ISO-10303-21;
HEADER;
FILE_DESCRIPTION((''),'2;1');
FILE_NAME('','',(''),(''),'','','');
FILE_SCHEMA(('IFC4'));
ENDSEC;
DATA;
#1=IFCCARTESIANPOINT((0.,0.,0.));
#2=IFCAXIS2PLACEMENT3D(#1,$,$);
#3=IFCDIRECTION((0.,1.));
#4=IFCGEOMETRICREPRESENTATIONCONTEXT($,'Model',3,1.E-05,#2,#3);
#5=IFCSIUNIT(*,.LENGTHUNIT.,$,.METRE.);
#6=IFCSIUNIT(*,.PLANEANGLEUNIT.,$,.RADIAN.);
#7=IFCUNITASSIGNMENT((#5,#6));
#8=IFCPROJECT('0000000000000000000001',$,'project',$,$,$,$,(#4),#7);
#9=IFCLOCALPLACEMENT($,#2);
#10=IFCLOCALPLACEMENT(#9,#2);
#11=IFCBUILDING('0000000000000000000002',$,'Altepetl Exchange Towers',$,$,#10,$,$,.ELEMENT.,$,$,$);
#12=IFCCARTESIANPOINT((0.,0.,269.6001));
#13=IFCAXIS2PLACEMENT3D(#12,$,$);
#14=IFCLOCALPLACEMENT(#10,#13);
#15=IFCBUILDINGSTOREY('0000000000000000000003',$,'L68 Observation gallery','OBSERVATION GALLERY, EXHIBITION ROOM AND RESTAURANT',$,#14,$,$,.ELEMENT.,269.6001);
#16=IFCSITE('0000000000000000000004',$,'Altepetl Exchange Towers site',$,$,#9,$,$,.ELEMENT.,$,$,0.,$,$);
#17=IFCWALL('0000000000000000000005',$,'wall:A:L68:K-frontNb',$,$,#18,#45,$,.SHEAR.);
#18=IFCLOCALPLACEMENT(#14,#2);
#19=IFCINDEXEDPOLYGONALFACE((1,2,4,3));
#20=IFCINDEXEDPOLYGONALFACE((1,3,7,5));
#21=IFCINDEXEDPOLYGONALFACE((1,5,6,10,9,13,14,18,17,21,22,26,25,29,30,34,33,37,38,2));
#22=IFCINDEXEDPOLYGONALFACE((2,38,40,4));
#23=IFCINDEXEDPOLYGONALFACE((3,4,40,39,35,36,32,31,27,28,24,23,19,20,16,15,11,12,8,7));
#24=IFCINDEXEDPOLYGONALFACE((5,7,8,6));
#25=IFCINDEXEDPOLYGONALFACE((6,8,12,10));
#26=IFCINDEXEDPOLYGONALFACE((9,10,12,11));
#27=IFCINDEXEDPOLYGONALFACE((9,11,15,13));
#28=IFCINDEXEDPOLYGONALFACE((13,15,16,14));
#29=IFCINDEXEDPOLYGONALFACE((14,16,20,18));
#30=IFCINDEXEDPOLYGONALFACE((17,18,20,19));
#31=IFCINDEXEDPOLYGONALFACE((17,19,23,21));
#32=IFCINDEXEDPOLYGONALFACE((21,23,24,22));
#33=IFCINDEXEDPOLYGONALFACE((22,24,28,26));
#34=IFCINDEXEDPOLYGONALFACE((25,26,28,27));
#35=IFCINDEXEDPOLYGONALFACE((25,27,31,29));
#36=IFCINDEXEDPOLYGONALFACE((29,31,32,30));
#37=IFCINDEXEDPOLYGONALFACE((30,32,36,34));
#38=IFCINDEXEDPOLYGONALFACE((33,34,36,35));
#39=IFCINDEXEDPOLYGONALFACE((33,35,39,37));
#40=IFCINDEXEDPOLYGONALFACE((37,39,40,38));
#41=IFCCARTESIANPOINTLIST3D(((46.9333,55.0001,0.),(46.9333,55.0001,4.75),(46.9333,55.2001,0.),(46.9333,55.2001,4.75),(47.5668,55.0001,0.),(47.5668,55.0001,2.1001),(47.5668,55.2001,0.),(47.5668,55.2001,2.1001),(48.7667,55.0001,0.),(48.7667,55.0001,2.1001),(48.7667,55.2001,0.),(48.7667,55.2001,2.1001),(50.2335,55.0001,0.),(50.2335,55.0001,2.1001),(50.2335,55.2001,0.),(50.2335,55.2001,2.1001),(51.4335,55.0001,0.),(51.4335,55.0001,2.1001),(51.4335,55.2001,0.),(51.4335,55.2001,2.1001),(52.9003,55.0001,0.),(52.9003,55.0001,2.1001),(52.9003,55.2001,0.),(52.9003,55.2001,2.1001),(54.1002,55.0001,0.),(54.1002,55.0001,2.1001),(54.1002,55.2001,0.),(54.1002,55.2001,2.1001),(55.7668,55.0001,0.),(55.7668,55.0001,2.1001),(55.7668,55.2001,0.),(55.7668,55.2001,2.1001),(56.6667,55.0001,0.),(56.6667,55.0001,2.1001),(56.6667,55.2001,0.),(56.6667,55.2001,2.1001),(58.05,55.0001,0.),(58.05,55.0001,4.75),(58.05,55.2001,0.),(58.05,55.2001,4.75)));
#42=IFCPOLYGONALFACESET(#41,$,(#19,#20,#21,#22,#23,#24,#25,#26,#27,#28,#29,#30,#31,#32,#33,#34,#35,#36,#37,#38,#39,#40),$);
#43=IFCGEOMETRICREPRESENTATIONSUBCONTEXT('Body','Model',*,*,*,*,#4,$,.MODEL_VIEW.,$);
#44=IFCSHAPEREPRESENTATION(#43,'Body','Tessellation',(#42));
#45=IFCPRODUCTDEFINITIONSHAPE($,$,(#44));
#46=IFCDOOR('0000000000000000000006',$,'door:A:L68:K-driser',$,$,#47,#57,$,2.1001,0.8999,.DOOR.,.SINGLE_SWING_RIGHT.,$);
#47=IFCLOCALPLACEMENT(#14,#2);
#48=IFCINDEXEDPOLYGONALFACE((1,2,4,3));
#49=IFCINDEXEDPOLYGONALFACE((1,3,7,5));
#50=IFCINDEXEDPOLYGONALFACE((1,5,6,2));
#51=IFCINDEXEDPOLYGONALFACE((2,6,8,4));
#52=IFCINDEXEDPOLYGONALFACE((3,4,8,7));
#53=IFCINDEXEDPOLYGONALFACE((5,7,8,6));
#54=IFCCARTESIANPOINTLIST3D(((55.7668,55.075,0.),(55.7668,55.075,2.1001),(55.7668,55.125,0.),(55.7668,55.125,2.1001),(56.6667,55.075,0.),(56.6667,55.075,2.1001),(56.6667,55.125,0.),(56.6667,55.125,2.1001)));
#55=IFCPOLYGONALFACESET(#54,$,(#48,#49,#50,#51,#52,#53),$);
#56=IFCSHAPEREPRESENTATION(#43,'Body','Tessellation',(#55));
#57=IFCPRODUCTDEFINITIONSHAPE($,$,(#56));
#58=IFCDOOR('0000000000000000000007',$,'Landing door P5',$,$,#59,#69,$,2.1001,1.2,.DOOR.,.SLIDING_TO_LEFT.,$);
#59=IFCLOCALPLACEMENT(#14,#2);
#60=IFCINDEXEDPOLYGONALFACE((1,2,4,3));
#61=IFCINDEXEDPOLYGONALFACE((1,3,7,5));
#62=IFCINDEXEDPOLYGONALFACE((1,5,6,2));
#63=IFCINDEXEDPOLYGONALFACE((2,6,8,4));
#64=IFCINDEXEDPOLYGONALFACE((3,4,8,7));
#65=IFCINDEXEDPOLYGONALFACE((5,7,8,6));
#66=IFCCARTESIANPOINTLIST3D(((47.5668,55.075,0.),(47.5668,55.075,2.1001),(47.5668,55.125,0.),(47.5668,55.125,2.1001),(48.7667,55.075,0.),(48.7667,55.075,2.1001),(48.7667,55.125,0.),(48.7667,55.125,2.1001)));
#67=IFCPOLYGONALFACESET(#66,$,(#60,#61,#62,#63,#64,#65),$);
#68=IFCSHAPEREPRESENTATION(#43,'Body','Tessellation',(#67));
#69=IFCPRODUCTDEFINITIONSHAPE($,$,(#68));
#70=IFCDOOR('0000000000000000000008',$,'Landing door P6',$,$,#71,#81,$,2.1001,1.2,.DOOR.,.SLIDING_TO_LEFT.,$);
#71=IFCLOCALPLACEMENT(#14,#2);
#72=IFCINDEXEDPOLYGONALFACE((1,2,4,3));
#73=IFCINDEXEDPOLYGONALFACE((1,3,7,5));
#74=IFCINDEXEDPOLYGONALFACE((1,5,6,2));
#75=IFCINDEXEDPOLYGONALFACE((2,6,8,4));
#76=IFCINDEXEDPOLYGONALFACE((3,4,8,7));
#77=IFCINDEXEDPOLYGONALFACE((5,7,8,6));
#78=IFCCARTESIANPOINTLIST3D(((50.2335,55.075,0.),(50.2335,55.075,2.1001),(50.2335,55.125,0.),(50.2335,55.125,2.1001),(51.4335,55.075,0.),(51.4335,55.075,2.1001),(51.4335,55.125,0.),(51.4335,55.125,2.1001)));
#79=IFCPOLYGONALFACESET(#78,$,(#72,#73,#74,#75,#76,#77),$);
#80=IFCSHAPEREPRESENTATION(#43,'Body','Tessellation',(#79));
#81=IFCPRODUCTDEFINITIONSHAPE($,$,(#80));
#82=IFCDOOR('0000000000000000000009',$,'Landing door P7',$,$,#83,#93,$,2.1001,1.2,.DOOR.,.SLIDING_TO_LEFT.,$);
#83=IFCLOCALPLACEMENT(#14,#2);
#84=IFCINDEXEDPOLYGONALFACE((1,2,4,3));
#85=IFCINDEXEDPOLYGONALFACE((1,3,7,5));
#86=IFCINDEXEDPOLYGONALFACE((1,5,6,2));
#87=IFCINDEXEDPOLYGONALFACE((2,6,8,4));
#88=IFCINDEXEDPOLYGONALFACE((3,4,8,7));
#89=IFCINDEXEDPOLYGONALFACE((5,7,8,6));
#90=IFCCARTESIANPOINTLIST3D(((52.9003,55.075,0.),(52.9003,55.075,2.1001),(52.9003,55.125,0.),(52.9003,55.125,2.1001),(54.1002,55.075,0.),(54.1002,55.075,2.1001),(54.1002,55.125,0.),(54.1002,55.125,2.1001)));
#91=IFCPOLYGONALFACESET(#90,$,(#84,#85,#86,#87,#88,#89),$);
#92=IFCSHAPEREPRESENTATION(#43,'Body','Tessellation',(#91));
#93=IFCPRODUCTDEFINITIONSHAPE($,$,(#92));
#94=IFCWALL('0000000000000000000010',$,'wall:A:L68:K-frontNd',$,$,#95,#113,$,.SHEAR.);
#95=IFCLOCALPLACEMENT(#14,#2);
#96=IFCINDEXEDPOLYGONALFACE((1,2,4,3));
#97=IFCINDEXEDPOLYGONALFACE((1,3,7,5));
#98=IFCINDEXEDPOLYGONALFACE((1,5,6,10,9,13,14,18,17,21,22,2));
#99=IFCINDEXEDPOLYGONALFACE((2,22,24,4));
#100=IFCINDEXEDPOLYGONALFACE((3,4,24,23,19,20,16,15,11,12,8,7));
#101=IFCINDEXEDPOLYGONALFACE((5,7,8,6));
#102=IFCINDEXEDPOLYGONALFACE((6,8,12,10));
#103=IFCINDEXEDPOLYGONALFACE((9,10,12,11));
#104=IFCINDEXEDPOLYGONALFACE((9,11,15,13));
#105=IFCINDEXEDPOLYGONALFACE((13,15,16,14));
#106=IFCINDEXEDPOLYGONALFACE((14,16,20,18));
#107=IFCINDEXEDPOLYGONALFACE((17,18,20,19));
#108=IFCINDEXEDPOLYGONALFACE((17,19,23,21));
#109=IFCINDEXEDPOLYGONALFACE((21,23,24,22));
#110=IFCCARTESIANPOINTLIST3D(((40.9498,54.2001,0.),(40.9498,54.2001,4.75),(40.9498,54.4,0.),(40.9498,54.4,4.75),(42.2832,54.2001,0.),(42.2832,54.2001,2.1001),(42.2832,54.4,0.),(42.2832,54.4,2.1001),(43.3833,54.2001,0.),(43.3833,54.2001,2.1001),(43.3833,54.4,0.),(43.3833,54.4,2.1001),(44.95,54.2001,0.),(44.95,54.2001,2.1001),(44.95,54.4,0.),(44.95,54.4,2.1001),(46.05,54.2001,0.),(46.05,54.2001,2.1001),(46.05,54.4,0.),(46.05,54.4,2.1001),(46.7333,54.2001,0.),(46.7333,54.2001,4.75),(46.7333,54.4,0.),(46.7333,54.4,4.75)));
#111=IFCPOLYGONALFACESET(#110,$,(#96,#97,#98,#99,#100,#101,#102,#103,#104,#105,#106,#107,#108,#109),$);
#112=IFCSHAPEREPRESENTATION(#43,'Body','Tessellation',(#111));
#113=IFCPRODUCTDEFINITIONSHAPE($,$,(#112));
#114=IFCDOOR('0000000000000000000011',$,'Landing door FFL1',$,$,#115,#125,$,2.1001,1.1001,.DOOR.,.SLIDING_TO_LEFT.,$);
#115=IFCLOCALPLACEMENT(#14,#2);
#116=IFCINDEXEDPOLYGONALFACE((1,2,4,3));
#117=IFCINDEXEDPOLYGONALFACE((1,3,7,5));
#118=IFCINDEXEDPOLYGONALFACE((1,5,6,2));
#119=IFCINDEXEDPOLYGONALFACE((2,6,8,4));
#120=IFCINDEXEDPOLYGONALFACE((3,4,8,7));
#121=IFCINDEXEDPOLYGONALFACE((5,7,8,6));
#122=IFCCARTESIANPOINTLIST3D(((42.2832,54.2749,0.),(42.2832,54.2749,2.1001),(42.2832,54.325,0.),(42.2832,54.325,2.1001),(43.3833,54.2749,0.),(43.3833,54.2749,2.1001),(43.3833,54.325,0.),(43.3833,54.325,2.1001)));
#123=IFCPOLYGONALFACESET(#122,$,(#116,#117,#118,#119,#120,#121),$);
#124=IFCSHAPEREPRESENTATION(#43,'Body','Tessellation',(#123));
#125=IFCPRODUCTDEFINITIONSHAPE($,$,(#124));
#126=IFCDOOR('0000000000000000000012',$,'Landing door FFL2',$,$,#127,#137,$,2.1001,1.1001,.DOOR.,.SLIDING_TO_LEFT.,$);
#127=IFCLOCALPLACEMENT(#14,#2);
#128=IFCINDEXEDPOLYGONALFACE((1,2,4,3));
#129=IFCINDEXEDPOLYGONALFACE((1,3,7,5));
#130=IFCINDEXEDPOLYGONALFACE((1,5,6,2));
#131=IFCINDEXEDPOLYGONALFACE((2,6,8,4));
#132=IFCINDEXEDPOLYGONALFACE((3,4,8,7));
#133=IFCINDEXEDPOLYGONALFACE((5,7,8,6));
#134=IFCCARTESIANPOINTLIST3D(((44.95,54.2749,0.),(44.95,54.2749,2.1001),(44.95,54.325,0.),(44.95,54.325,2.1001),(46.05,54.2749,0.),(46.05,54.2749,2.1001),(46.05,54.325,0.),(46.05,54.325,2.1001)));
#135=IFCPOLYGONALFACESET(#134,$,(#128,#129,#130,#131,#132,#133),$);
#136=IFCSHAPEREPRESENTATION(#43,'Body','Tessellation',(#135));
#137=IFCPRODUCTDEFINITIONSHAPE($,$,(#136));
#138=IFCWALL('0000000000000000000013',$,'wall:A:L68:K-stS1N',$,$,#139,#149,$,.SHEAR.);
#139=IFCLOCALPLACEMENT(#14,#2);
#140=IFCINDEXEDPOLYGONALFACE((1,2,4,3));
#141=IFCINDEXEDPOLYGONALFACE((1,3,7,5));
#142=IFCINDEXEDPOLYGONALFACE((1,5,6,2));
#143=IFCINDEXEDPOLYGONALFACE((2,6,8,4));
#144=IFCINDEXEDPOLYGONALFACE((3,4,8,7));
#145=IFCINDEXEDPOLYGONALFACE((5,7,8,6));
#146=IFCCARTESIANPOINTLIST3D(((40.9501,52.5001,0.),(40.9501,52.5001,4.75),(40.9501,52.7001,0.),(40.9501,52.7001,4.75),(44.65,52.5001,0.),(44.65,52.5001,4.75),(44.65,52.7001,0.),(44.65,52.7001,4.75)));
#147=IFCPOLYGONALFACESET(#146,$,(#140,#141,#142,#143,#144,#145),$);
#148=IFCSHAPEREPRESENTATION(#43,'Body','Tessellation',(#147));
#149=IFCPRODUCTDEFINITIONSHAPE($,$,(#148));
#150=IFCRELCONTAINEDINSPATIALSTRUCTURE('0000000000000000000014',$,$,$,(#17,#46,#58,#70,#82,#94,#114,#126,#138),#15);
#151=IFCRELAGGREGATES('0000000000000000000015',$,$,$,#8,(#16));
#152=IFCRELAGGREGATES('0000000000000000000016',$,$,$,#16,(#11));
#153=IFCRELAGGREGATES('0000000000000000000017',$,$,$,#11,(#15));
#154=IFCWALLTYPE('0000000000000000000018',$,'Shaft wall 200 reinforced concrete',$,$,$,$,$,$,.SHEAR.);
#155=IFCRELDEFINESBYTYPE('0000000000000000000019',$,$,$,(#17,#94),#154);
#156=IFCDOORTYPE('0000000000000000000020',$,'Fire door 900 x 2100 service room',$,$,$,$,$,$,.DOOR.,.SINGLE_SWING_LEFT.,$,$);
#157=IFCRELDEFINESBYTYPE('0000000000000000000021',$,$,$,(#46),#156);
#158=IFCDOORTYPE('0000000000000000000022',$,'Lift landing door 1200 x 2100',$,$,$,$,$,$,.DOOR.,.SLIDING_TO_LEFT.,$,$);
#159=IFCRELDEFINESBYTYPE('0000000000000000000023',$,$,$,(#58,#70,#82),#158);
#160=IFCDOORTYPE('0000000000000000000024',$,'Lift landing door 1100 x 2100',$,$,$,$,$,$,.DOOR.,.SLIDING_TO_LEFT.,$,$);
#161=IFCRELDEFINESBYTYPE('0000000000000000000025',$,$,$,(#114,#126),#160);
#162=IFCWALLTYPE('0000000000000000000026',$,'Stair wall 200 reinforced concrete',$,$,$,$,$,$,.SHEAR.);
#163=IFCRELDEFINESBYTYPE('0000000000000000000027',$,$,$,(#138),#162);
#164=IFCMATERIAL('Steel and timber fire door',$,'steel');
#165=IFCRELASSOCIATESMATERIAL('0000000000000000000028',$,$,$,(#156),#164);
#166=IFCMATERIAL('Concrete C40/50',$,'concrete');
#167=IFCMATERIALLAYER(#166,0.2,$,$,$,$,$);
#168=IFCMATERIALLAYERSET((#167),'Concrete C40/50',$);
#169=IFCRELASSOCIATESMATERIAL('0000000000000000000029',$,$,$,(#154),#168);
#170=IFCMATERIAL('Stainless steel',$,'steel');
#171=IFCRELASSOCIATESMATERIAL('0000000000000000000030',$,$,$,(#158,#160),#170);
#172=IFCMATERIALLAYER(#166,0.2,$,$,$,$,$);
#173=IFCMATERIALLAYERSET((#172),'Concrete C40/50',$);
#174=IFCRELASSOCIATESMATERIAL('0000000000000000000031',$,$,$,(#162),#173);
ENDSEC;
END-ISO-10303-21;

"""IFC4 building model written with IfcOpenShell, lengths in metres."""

from ifc_helpers import new_model, si_unit, direction, frame, frame_2d, origin, place, context, subcontext, project, spatial, rectangle, extrude, material, layer, layer_set, type_object, element, fill, save


model = new_model("IFC4")

# Units and contexts
model_context = context("Model", 3, precision=1e-05, world=origin(), true_north=direction((0.0, 1.0)))
body_context = subcontext(model_context, "Body", "Model", "MODEL_VIEW")
ifc_project = project(units=[si_unit("LENGTHUNIT", "METRE"), si_unit("PLANEANGLEUNIT", "RADIAN")], contexts=[model_context])

# Site, building, storey
site_placement = place(None, origin())
site = spatial("IfcSite", under=ifc_project, at=site_placement, Name="Altepetl Exchange Towers site", CompositionType="ELEMENT", RefElevation=0.0)
building_placement = place(site_placement, origin())
building = spatial("IfcBuilding", under=site, at=building_placement, Name="Altepetl Exchange Towers", CompositionType="ELEMENT")
storey_placement = place(building_placement, frame((0.0, 0.0, 269.6001)))
storey = spatial("IfcBuildingStorey", under=building, at=storey_placement, Name="L68 Observation gallery", Description="OBSERVATION GALLERY, EXHIBITION ROOM AND RESTAURANT", CompositionType="ELEMENT", Elevation=269.6001)

# Shared definitions
ifc_material_1 = material(Name="Steel and timber fire door", Category="steel")
door_type_1 = type_object("IfcDoorType", Name="Fire door 900 x 2100 service room", OperationType="SINGLE_SWING_LEFT", PredefinedType="DOOR", material=ifc_material_1)

# Shared definitions
ifc_material_2 = material(Name="Concrete C40/50", Category="concrete")
ifc_layer_1 = layer(ifc_material_2, 0.2)
ifc_layer_set_1 = layer_set([ifc_layer_1], Name="Concrete C40/50")
wall_type_1 = type_object("IfcWallType", Name="Shaft wall 200 reinforced concrete", PredefinedType="SHEAR", material=ifc_layer_set_1)

# Walls, openings, doors
wall_1_placement = place(storey_placement, frame((46.9333, 55.1001, 0.0)))
wall_1 = element("IfcWall", 1, at=wall_1_placement, inside=storey, type_object=wall_type_1, Name="wall:A:L68:K-frontNb", PredefinedType="SHEAR", context=body_context, shape_type="SweptSolid", body=[
    extrude(rectangle(XDim=11.1167, YDim=0.2, at=frame_2d((5.5583, 0.0))), origin(), (0.0, 0.0, 1.0), 4.75),
])
opening_1_placement = place(wall_1_placement, frame((8.8335, 0.0, 0.0)))
opening_1 = element("IfcOpeningElement", 2, at=opening_1_placement, cuts=wall_1, PredefinedType="OPENING", context=body_context, shape_type="SweptSolid", body=[
    extrude(rectangle(XDim=0.8999, YDim=2.1001, at=frame_2d((0.45, 1.05))), frame((0.0, 0.1099, 0.0), z_axis=(0.0, -1.0, 0.0), x_axis=(1.0, 0.0, 0.0)), (0.0, 0.0, 1.0), 0.22),
])
opening_2_placement = place(wall_1_placement, frame((0.6333, 0.0, 0.0)))
opening_2 = element("IfcOpeningElement", 3, at=opening_2_placement, cuts=wall_1, PredefinedType="OPENING", context=body_context, shape_type="SweptSolid", body=[
    extrude(rectangle(XDim=1.2, YDim=2.1001, at=frame_2d((0.6001, 1.05))), frame((0.0, 0.1099, 0.0), z_axis=(0.0, -1.0, 0.0), x_axis=(1.0, 0.0, 0.0)), (0.0, 0.0, 1.0), 0.22),
])
opening_3_placement = place(wall_1_placement, frame((3.3, 0.0, 0.0)))
opening_3 = element("IfcOpeningElement", 4, at=opening_3_placement, cuts=wall_1, PredefinedType="OPENING", context=body_context, shape_type="SweptSolid", body=[
    extrude(rectangle(XDim=1.2, YDim=2.1001, at=frame_2d((0.6001, 1.05))), frame((0.0, 0.1099, 0.0), z_axis=(0.0, -1.0, 0.0), x_axis=(1.0, 0.0, 0.0)), (0.0, 0.0, 1.0), 0.22),
])
opening_4_placement = place(wall_1_placement, frame((5.9668, 0.0, 0.0)))
opening_4 = element("IfcOpeningElement", 5, at=opening_4_placement, cuts=wall_1, PredefinedType="OPENING", context=body_context, shape_type="SweptSolid", body=[
    extrude(rectangle(XDim=1.2, YDim=2.1001, at=frame_2d((0.6001, 1.05))), frame((0.0, 0.1099, 0.0), z_axis=(0.0, -1.0, 0.0), x_axis=(1.0, 0.0, 0.0)), (0.0, 0.0, 1.0), 0.22),
])
door_1_placement = place(opening_1_placement, origin())
door_1 = element("IfcDoor", 6, at=door_1_placement, inside=storey, type_object=door_type_1, Name="door:A:L68:K-driser", OperationType="SINGLE_SWING_RIGHT", OverallHeight=2.1001, OverallWidth=0.8999, PredefinedType="DOOR", context=body_context, shape_type="SweptSolid", body=[
    extrude(rectangle(XDim=0.8999, YDim=2.1001, at=frame_2d((0.45, 1.05))), frame((0.0, 0.0249, 0.0), z_axis=(0.0, -1.0, 0.0), x_axis=(1.0, 0.0, 0.0)), (0.0, 0.0, 1.0), 0.05),
])
fill(opening_1, door_1)
ifc_material_3 = material(Name="Stainless steel", Category="steel")
door_type_2 = type_object("IfcDoorType", Name="Lift landing door 1200 x 2100", OperationType="SLIDING_TO_LEFT", PredefinedType="DOOR", material=ifc_material_3)
door_2_placement = place(opening_2_placement, origin())
door_2 = element("IfcDoor", 7, at=door_2_placement, inside=storey, type_object=door_type_2, Name="Landing door P5", OperationType="SLIDING_TO_LEFT", OverallHeight=2.1001, OverallWidth=1.2, PredefinedType="DOOR", context=body_context, shape_type="SweptSolid", body=[
    extrude(rectangle(XDim=1.2, YDim=2.1001, at=frame_2d((0.6001, 1.05))), frame((0.0, 0.0249, 0.0), z_axis=(0.0, -1.0, 0.0), x_axis=(1.0, 0.0, 0.0)), (0.0, 0.0, 1.0), 0.05),
])
fill(opening_2, door_2)
door_3_placement = place(opening_3_placement, origin())
door_3 = element("IfcDoor", 8, at=door_3_placement, inside=storey, type_object=door_type_2, Name="Landing door P6", OperationType="SLIDING_TO_LEFT", OverallHeight=2.1001, OverallWidth=1.2, PredefinedType="DOOR", context=body_context, shape_type="SweptSolid", body=[
    extrude(rectangle(XDim=1.2, YDim=2.1001, at=frame_2d((0.6001, 1.05))), frame((0.0, 0.0249, 0.0), z_axis=(0.0, -1.0, 0.0), x_axis=(1.0, 0.0, 0.0)), (0.0, 0.0, 1.0), 0.05),
])
fill(opening_3, door_3)
door_4_placement = place(opening_4_placement, origin())
door_4 = element("IfcDoor", 9, at=door_4_placement, inside=storey, type_object=door_type_2, Name="Landing door P7", OperationType="SLIDING_TO_LEFT", OverallHeight=2.1001, OverallWidth=1.2, PredefinedType="DOOR", context=body_context, shape_type="SweptSolid", body=[
    extrude(rectangle(XDim=1.2, YDim=2.1001, at=frame_2d((0.6001, 1.05))), frame((0.0, 0.0249, 0.0), z_axis=(0.0, -1.0, 0.0), x_axis=(1.0, 0.0, 0.0)), (0.0, 0.0, 1.0), 0.05),
])
fill(opening_4, door_4)
wall_2_placement = place(storey_placement, frame((40.95, 54.3, 0.0)))
wall_2 = element("IfcWall", 10, at=wall_2_placement, inside=storey, type_object=wall_type_1, Name="wall:A:L68:K-frontNd", PredefinedType="SHEAR", context=body_context, shape_type="SweptSolid", body=[
    extrude(rectangle(XDim=5.7834, YDim=0.2, at=frame_2d((2.8916, 0.0))), origin(), (0.0, 0.0, 1.0), 4.75),
])
opening_5_placement = place(wall_2_placement, frame((1.3333, 0.0, 0.0)))
opening_5 = element("IfcOpeningElement", 11, at=opening_5_placement, cuts=wall_2, PredefinedType="OPENING", context=body_context, shape_type="SweptSolid", body=[
    extrude(rectangle(XDim=1.1001, YDim=2.1001, at=frame_2d((0.55, 1.05))), frame((0.0, 0.1099, 0.0), z_axis=(0.0, -1.0, 0.0), x_axis=(1.0, 0.0, 0.0)), (0.0, 0.0, 1.0), 0.22),
])
opening_6_placement = place(wall_2_placement, frame((4.0, 0.0, 0.0)))
opening_6 = element("IfcOpeningElement", 12, at=opening_6_placement, cuts=wall_2, PredefinedType="OPENING", context=body_context, shape_type="SweptSolid", body=[
    extrude(rectangle(XDim=1.1001, YDim=2.1001, at=frame_2d((0.55, 1.05))), frame((0.0, 0.1099, 0.0), z_axis=(0.0, -1.0, 0.0), x_axis=(1.0, 0.0, 0.0)), (0.0, 0.0, 1.0), 0.22),
])
door_type_3 = type_object("IfcDoorType", Name="Lift landing door 1100 x 2100", OperationType="SLIDING_TO_LEFT", PredefinedType="DOOR", material=ifc_material_3)
door_5_placement = place(opening_5_placement, origin())
door_5 = element("IfcDoor", 13, at=door_5_placement, inside=storey, type_object=door_type_3, Name="Landing door FFL1", OperationType="SLIDING_TO_LEFT", OverallHeight=2.1001, OverallWidth=1.1001, PredefinedType="DOOR", context=body_context, shape_type="SweptSolid", body=[
    extrude(rectangle(XDim=1.1001, YDim=2.1001, at=frame_2d((0.55, 1.05))), frame((0.0, 0.0249, 0.0), z_axis=(0.0, -1.0, 0.0), x_axis=(1.0, 0.0, 0.0)), (0.0, 0.0, 1.0), 0.05),
])
fill(opening_5, door_5)
door_6_placement = place(opening_6_placement, origin())
door_6 = element("IfcDoor", 14, at=door_6_placement, inside=storey, type_object=door_type_3, Name="Landing door FFL2", OperationType="SLIDING_TO_LEFT", OverallHeight=2.1001, OverallWidth=1.1001, PredefinedType="DOOR", context=body_context, shape_type="SweptSolid", body=[
    extrude(rectangle(XDim=1.1001, YDim=2.1001, at=frame_2d((0.55, 1.05))), frame((0.0, 0.0249, 0.0), z_axis=(0.0, -1.0, 0.0), x_axis=(1.0, 0.0, 0.0)), (0.0, 0.0, 1.0), 0.05),
])
fill(opening_6, door_6)

# Wall
ifc_layer_2 = layer(ifc_material_2, 0.2)
ifc_layer_set_2 = layer_set([ifc_layer_2], Name="Concrete C40/50")
wall_type_2 = type_object("IfcWallType", Name="Stair wall 200 reinforced concrete", PredefinedType="SHEAR", material=ifc_layer_set_2)
wall_3_placement = place(storey_placement, frame((40.95, 52.6001, 0.0)))
element("IfcWall", 15, at=wall_3_placement, inside=storey, type_object=wall_type_2, Name="wall:A:L68:K-stS1N", PredefinedType="SHEAR", context=body_context, shape_type="SweptSolid", body=[
    extrude(rectangle(XDim=3.7, YDim=0.2, at=frame_2d((1.8501, 0.0))), origin(), (0.0, 0.0, 1.0), 4.75),
])

save(model, "model.ifc")
